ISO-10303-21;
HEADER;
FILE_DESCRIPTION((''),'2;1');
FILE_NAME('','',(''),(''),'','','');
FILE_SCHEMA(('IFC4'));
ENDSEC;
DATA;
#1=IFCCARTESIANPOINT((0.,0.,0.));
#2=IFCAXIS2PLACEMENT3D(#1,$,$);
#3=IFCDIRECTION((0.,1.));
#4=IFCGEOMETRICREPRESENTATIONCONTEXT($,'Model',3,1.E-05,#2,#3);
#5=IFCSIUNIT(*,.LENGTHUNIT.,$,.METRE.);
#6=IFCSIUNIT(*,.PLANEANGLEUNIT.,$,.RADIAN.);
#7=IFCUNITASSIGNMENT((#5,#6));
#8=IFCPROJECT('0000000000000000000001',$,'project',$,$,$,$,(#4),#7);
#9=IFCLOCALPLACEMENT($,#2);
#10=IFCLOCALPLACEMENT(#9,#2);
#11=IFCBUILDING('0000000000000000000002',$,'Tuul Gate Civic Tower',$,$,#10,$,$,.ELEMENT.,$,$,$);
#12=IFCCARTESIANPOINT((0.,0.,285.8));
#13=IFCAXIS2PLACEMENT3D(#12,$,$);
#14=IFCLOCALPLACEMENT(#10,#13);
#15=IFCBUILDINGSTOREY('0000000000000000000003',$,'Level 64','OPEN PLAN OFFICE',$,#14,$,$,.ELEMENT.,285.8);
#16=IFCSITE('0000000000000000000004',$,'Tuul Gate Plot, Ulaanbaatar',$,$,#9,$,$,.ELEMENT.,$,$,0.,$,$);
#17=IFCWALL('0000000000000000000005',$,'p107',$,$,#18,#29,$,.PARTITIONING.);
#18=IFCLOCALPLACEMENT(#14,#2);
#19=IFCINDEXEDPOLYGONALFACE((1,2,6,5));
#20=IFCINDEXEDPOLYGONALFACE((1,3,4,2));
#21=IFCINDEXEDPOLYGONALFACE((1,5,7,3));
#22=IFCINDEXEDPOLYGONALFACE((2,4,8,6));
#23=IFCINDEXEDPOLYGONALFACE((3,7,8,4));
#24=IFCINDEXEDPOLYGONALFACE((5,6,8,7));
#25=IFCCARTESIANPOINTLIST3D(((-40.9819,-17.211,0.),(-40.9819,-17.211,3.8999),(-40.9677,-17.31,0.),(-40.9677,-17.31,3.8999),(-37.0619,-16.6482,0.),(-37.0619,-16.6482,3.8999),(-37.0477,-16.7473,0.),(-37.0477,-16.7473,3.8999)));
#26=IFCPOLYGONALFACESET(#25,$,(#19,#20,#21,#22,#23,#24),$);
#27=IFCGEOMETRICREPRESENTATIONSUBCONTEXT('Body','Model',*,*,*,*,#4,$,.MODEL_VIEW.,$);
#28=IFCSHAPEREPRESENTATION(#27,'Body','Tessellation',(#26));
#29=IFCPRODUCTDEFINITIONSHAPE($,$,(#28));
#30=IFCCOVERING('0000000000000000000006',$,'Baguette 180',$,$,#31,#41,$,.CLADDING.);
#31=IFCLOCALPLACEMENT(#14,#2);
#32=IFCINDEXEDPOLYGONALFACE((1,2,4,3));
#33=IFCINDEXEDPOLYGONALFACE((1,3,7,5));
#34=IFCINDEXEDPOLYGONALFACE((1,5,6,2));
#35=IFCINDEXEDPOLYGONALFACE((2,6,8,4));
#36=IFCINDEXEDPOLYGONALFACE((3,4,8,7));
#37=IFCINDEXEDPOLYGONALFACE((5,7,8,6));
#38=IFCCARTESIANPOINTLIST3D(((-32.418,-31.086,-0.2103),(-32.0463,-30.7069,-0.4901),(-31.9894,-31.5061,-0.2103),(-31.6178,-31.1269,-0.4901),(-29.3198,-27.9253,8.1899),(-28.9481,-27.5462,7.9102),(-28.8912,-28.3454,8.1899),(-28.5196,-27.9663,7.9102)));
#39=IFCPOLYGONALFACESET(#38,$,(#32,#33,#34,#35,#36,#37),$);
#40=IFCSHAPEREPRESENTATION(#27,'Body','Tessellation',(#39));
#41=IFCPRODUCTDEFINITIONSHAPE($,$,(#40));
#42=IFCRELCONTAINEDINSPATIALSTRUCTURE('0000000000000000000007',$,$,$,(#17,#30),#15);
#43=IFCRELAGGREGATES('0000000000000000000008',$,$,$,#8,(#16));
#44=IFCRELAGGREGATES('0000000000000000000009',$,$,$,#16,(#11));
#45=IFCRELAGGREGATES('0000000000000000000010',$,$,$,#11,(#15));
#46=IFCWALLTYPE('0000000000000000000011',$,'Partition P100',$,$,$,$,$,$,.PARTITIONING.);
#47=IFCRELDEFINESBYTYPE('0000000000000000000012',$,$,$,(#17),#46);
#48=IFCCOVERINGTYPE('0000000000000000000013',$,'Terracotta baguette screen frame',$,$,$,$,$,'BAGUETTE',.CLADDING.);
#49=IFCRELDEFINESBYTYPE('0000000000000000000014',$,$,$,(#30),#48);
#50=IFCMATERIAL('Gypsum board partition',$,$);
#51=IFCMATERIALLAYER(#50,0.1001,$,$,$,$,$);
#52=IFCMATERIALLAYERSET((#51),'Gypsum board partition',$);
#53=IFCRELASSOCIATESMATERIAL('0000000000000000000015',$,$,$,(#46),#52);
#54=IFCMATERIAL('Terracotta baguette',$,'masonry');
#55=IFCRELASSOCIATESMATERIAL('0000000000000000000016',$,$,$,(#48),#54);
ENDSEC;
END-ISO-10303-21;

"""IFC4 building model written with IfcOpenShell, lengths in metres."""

from ifc_helpers import new_model, si_unit, direction, frame, frame_2d, origin, origin_2d, place, context, subcontext, project, spatial, rectangle, extrude, material, layer, layer_set, material_profile, profile_set, type_object, element, save


model = new_model("IFC4")

# Units and contexts
model_context = context("Model", 3, precision=1e-05, world=origin(), true_north=direction((0.0, 1.0)))
body_context = subcontext(model_context, "Body", "Model", "MODEL_VIEW")
ifc_project = project(units=[si_unit("LENGTHUNIT", "METRE"), si_unit("PLANEANGLEUNIT", "RADIAN")], contexts=[model_context])

# Site, building, storey
site_placement = place(None, origin())
site = spatial("IfcSite", under=ifc_project, at=site_placement, Name="Tuul Gate Plot, Ulaanbaatar", CompositionType="ELEMENT", RefElevation=0.0)
building_placement = place(site_placement, origin())
building = spatial("IfcBuilding", under=site, at=building_placement, Name="Tuul Gate Civic Tower", CompositionType="ELEMENT")
storey_placement = place(building_placement, frame((0.0, 0.0, 285.8)))
storey = spatial("IfcBuildingStorey", under=building, at=storey_placement, Name="Level 64", Description="OPEN PLAN OFFICE", CompositionType="ELEMENT", Elevation=285.8)

# Wall
ifc_material_1 = material(Name="Gypsum board partition")
ifc_layer_1 = layer(ifc_material_1, 0.1001)
ifc_layer_set_1 = layer_set([ifc_layer_1], Name="Gypsum board partition")
wall_type_1 = type_object("IfcWallType", Name="Partition P100", PredefinedType="PARTITIONING", material=ifc_layer_set_1)
wall_1_placement = place(storey_placement, frame((-37.0549, -16.6978, 0.0), z_axis=(0.0, 0.0, 1.0), x_axis=(-0.989852, -0.142103, 0.0)))
element("IfcWall", 1, at=wall_1_placement, inside=storey, type_object=wall_type_1, Name="p107", PredefinedType="PARTITIONING", context=body_context, shape_type="SweptSolid", body=[
    extrude(rectangle(XDim=3.9602, YDim=0.1001, at=frame_2d((1.98, 0.0))), origin(), (0.0, 0.0, 1.0), 3.8999),
])

# Covering
ifc_material_2 = material(Name="Terracotta baguette", Category="masonry")
ifc_material_profile_1 = material_profile(ifc_material_2, rectangle(XDim=0.6001, YDim=0.6001, at=origin_2d()), Name="Terracotta baguette screen frame")
ifc_profile_set_1 = profile_set([ifc_material_profile_1], Name="Terracotta baguette")
covering_type = type_object("IfcCoveringType", Name="Terracotta baguette screen frame", ElementType="BAGUETTE", PredefinedType="CLADDING", material=ifc_profile_set_1)
covering_placement = place(storey_placement, frame((-28.9197, -27.9458, 8.05), z_axis=(-0.3263, -0.332883, -0.884713), x_axis=(0.714132, -0.700011, 0.0)))
element("IfcCovering", 2, at=covering_placement, inside=storey, type_object=covering_type, Name="Baguette 180", PredefinedType="CLADDING", context=body_context, shape_type="SweptSolid", body=[
    extrude(rectangle(XDim=0.6001, YDim=0.6001, at=origin_2d()), origin(), (0.0, 0.0, 1.0), 9.4949),
])

save(model, "model.ifc")
